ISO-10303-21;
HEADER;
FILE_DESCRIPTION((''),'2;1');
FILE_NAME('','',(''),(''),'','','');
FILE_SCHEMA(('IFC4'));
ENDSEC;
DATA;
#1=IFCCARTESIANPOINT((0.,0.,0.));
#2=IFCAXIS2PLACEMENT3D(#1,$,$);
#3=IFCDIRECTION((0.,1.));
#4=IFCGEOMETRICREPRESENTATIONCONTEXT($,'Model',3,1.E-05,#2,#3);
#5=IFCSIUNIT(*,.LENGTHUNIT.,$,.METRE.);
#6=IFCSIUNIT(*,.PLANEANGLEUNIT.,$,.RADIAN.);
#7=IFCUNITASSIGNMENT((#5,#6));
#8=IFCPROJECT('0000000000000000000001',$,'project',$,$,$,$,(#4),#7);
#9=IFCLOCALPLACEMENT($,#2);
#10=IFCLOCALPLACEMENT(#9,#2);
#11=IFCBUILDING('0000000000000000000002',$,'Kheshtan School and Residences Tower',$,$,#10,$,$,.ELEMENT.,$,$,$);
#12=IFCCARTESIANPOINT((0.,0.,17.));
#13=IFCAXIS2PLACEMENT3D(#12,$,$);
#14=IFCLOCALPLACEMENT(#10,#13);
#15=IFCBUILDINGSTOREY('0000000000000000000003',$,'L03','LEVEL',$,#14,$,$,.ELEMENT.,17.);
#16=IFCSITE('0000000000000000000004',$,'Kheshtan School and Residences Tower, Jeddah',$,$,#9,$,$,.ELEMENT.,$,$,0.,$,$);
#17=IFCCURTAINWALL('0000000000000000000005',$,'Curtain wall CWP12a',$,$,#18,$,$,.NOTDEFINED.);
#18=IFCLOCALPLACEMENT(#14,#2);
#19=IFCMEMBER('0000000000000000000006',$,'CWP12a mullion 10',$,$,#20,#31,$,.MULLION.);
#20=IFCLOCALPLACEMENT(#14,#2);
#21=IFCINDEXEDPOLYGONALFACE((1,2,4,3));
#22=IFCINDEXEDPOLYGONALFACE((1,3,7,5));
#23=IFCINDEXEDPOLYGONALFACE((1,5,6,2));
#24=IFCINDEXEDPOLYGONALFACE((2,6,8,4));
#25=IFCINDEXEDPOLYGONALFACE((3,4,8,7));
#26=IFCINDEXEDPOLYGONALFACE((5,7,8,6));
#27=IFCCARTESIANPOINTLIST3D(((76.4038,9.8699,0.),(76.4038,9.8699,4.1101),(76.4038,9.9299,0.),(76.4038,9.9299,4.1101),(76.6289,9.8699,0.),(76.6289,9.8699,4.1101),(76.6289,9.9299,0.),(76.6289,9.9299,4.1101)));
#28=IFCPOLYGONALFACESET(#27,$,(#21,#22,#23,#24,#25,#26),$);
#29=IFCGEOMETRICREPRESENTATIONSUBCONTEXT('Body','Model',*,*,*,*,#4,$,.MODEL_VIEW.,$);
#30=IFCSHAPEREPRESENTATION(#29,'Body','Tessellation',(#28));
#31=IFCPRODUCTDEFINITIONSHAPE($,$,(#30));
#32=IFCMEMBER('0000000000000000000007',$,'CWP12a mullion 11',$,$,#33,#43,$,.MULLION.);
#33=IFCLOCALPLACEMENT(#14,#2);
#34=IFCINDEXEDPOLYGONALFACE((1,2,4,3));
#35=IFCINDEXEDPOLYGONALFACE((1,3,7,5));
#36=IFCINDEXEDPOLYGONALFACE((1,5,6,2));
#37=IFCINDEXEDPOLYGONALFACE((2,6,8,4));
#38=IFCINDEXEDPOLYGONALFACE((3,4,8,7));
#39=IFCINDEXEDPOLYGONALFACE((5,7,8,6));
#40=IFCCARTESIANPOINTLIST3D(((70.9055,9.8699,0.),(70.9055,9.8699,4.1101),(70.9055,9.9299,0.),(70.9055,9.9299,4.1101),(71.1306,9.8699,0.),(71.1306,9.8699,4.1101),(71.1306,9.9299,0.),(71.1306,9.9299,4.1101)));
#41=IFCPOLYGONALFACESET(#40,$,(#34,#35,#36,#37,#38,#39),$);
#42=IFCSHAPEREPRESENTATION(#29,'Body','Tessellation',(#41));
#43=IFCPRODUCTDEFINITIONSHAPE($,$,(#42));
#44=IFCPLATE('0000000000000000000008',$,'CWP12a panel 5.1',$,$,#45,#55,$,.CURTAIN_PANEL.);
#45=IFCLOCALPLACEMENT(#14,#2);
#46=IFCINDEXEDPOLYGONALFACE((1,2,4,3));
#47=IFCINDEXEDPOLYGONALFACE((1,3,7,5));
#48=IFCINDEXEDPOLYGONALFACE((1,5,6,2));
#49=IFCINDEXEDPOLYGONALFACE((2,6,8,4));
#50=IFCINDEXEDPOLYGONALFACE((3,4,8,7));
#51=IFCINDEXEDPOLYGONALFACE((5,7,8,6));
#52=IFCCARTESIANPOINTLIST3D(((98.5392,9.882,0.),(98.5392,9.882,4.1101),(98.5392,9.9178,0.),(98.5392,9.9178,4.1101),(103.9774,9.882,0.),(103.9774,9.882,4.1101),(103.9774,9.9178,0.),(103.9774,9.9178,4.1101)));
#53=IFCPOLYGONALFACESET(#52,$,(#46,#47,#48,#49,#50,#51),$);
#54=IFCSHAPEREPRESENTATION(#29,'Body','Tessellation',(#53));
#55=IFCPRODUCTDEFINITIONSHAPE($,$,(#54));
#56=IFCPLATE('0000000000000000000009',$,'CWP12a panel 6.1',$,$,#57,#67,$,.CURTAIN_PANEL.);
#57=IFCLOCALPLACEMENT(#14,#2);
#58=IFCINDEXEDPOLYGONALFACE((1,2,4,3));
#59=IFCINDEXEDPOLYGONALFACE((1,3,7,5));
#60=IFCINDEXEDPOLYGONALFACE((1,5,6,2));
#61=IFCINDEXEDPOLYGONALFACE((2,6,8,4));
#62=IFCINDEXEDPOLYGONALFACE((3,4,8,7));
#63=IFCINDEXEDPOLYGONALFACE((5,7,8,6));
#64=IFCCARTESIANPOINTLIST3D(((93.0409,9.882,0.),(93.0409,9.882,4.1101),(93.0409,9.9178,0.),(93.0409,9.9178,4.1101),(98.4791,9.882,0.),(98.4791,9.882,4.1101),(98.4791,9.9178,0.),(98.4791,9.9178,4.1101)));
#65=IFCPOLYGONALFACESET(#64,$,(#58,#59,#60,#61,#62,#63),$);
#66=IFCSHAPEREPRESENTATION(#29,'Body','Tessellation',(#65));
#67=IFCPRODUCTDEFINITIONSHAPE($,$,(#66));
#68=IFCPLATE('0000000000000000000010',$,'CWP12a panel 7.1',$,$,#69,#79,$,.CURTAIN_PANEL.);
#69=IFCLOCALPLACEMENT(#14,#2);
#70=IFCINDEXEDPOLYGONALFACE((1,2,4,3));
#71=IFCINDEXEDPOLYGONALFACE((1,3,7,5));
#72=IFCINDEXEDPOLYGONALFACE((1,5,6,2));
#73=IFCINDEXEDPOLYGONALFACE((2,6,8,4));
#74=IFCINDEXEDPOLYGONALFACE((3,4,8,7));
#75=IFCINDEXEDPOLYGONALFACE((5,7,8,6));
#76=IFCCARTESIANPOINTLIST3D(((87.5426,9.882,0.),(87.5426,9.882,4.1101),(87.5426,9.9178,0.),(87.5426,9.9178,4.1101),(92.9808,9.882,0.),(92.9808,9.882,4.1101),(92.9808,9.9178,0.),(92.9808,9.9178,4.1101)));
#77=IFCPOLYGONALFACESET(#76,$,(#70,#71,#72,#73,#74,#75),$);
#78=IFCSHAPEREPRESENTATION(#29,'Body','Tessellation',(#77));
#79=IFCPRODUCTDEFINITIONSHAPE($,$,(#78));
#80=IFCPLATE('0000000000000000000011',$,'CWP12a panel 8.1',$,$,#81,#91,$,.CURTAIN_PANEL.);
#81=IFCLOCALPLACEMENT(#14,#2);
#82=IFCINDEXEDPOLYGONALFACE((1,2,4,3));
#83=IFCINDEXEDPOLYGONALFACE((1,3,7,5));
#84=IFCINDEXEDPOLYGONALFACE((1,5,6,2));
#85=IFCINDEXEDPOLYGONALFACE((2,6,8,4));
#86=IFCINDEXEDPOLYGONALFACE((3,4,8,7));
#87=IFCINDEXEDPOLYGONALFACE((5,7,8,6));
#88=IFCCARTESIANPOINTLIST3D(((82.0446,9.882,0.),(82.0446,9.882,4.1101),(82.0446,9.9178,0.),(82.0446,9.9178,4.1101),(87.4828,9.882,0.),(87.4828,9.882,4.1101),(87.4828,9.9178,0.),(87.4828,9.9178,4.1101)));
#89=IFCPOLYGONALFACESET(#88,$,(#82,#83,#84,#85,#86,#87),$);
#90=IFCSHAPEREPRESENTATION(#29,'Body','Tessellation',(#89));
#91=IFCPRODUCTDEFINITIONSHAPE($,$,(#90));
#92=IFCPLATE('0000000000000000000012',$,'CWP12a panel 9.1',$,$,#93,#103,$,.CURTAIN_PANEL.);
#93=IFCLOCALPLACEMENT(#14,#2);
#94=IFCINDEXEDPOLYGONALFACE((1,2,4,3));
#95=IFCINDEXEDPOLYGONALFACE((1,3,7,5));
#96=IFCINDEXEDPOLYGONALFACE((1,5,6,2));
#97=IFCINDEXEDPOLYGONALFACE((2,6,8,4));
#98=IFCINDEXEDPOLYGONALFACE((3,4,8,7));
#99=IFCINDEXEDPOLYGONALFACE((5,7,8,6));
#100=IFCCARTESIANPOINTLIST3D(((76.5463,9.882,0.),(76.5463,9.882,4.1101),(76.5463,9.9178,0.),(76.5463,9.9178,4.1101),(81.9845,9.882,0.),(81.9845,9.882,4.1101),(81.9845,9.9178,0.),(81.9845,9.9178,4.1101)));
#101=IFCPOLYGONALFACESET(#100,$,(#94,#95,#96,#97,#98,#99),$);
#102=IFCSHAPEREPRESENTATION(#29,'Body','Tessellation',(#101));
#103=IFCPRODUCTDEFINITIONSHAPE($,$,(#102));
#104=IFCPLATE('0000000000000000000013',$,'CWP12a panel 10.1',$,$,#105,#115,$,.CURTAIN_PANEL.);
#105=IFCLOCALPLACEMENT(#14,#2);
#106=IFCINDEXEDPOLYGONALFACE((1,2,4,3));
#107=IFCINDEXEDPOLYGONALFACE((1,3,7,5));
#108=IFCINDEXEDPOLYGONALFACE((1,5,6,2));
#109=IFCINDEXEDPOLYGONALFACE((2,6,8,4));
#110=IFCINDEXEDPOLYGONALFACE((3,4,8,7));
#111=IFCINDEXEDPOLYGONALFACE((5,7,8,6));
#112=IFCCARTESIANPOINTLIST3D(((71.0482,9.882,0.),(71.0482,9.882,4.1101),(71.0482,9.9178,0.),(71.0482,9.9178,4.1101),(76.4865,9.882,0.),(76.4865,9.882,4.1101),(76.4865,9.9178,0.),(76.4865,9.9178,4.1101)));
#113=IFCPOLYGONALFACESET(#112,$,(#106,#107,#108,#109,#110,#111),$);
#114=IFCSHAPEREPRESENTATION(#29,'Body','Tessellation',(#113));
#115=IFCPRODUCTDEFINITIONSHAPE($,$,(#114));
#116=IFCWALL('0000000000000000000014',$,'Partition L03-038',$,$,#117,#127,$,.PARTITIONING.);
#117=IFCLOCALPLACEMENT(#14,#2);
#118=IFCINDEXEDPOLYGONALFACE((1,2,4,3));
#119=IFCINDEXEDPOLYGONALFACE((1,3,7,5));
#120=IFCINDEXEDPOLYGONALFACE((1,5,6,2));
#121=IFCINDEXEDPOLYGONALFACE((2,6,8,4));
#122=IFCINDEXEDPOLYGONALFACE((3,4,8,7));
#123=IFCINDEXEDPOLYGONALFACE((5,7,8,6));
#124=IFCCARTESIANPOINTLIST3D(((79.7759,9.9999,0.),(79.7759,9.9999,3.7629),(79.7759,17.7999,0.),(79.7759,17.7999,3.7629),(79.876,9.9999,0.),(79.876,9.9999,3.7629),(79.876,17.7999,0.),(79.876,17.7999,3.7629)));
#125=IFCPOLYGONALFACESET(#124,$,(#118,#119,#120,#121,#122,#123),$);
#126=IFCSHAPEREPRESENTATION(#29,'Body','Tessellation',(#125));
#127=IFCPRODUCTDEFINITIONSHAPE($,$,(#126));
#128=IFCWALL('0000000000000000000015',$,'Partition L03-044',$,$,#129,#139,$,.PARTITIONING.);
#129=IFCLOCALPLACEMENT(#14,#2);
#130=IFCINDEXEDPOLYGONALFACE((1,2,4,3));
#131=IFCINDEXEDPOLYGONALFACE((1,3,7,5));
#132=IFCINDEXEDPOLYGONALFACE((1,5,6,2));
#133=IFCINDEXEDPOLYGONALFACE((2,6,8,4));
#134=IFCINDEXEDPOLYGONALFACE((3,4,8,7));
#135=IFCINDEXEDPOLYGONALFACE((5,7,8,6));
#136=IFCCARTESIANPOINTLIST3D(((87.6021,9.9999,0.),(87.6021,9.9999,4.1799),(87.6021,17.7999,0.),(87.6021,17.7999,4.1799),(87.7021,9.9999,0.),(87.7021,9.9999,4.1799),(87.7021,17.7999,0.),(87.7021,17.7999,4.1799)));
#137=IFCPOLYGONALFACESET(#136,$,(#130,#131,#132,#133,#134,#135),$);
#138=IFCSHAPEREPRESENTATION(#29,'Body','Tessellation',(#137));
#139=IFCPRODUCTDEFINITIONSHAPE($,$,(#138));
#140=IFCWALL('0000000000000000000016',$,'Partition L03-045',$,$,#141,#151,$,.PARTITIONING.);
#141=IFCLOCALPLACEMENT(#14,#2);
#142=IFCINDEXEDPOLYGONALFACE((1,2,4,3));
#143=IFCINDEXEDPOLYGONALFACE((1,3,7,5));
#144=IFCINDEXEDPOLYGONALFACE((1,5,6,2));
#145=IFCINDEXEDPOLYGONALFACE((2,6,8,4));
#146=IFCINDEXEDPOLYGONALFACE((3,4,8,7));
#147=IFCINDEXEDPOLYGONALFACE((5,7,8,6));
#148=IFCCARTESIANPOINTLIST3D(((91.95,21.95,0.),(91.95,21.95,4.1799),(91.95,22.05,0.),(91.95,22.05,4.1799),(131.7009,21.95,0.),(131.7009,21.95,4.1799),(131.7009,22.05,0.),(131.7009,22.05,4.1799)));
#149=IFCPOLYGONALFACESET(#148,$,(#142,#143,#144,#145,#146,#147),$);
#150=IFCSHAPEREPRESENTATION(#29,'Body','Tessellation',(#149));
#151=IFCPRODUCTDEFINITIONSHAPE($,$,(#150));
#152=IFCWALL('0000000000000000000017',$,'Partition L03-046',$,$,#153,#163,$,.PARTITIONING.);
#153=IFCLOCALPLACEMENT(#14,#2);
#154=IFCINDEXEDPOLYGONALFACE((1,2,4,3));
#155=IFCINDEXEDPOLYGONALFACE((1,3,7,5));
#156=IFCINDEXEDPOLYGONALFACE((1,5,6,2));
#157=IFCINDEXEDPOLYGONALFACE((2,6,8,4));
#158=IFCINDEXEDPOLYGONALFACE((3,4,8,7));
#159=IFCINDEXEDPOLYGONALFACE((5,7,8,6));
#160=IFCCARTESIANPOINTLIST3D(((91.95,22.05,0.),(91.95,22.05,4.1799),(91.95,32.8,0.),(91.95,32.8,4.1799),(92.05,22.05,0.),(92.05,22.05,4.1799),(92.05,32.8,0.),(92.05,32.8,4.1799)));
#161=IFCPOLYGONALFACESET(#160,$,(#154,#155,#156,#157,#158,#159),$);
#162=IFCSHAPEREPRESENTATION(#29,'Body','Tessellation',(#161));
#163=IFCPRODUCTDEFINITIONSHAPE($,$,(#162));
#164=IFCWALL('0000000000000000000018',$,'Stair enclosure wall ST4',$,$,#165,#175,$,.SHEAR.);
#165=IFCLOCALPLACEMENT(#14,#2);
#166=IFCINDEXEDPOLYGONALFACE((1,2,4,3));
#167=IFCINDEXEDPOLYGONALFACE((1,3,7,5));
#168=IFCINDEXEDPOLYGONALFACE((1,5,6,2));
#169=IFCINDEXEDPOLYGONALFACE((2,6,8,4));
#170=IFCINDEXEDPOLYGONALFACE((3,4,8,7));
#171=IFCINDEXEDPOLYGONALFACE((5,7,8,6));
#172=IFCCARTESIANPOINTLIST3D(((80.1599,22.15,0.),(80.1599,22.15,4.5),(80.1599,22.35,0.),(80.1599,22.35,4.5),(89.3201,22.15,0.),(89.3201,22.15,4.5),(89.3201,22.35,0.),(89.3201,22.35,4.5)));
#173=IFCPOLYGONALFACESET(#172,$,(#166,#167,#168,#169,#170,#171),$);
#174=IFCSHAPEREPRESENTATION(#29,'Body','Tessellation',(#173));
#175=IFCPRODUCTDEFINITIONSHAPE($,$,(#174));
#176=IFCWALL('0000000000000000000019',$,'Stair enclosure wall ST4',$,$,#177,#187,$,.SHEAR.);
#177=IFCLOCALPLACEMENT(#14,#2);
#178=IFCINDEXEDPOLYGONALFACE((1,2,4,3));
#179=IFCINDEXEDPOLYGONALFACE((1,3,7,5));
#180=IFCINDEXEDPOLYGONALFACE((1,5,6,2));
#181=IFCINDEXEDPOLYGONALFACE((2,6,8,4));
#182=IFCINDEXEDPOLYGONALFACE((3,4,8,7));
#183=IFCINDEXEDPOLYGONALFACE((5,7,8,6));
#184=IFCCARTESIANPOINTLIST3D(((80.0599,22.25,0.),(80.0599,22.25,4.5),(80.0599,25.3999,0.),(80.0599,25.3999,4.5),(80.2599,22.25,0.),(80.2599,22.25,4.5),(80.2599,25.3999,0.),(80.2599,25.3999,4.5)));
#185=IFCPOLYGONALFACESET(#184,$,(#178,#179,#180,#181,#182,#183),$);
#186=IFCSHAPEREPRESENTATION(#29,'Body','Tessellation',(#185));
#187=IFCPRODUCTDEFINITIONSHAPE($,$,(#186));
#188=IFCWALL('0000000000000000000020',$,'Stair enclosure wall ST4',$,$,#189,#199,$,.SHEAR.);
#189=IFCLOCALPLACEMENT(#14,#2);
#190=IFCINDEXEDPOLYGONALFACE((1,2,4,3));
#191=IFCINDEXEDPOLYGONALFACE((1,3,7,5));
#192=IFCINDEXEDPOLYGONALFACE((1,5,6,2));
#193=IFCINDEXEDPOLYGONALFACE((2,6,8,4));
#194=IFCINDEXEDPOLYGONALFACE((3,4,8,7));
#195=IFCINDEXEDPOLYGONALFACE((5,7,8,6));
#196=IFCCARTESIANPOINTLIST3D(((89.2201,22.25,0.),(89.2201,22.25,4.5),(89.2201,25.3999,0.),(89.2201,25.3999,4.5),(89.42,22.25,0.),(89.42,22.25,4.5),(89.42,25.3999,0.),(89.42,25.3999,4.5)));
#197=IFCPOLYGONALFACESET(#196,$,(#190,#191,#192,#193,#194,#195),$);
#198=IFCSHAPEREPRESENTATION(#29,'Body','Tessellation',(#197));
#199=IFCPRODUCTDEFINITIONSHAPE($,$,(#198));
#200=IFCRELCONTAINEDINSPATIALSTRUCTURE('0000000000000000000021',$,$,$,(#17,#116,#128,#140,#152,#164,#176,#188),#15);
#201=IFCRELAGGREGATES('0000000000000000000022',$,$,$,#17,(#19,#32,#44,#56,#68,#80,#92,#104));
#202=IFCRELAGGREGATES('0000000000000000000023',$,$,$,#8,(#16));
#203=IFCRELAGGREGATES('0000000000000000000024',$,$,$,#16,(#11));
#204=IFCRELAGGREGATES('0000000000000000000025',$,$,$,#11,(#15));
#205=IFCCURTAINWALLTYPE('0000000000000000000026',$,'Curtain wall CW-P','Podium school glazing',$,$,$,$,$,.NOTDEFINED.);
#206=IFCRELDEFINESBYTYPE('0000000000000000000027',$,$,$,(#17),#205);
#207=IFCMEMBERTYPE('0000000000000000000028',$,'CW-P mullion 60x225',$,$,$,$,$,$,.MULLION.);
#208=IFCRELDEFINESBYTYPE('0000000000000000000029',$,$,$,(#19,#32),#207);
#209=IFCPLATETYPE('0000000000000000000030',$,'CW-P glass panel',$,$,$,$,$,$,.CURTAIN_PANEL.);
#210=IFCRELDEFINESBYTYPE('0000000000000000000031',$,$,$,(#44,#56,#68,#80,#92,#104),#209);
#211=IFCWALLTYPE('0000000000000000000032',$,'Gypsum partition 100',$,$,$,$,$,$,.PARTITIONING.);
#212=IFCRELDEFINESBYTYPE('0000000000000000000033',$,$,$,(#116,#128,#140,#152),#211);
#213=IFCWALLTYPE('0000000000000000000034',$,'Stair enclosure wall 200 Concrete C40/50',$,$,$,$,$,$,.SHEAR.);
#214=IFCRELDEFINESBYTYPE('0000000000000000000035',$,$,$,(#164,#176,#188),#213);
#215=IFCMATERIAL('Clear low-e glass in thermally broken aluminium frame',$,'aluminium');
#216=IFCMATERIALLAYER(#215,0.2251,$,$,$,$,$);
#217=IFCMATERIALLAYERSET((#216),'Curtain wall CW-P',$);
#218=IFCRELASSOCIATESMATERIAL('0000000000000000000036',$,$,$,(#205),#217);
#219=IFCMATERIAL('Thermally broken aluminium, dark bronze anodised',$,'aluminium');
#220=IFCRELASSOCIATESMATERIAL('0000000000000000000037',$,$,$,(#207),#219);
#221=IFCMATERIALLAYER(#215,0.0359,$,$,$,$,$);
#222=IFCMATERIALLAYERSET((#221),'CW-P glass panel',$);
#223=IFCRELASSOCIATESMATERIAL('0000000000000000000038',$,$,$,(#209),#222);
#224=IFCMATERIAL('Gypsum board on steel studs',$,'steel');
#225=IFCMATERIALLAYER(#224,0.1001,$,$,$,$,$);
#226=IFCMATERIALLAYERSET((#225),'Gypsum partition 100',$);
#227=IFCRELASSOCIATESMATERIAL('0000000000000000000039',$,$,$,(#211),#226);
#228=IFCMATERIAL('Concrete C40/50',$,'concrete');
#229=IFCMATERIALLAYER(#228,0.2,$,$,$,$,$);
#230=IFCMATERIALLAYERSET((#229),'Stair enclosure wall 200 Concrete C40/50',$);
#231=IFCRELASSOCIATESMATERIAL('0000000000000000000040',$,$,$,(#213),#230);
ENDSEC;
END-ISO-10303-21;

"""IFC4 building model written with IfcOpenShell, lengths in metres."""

from ifc_helpers import new_model, si_unit, direction, frame, frame_2d, origin, origin_2d, place, context, subcontext, project, spatial, rectangle, extrude, material, layer, layer_set, material_profile, profile_set, type_object, element, aggregate, save


model = new_model("IFC4")

# Units and contexts
model_context = context("Model", 3, precision=1e-05, world=origin(), true_north=direction((0.0, 1.0)))
body_context = subcontext(model_context, "Body", "Model", "MODEL_VIEW")
ifc_project = project(units=[si_unit("LENGTHUNIT", "METRE"), si_unit("PLANEANGLEUNIT", "RADIAN")], contexts=[model_context])

# Site, building, storey
site_placement = place(None, origin())
site = spatial("IfcSite", under=ifc_project, at=site_placement, Name="Kheshtan School and Residences Tower, Jeddah", CompositionType="ELEMENT", RefElevation=0.0)
building_placement = place(site_placement, origin())
building = spatial("IfcBuilding", under=site, at=building_placement, Name="Kheshtan School and Residences Tower", CompositionType="ELEMENT")
storey_placement = place(building_placement, frame((0.0, 0.0, 17.0)))
storey = spatial("IfcBuildingStorey", under=building, at=storey_placement, Name="L03", Description="LEVEL", CompositionType="ELEMENT", Elevation=17.0)

# Curtain wall, members, plates
ifc_material_1 = material(Name="Clear low-e glass in thermally broken aluminium frame", Category="aluminium")
ifc_layer_1 = layer(ifc_material_1, 0.2251)
ifc_layer_set_1 = layer_set([ifc_layer_1], Name="Curtain wall CW-P")
curtain_wall_type = type_object("IfcCurtainWallType", Name="Curtain wall CW-P", Description="Podium school glazing", PredefinedType="NOTDEFINED", material=ifc_layer_set_1)
curtain_wall_placement = place(storey_placement, origin())
curtain_wall = element("IfcCurtainWall", 1, at=curtain_wall_placement, inside=storey, type_object=curtain_wall_type, Name="Curtain wall CWP12a", PredefinedType="NOTDEFINED")
ifc_material_2 = material(Name="Thermally broken aluminium, dark bronze anodised", Category="aluminium")
ifc_material_profile_1 = material_profile(ifc_material_2, rectangle(XDim=0.0601, YDim=0.2251, at=origin_2d()), Name="CW-P mullion 60x225")
ifc_profile_set_1 = profile_set([ifc_material_profile_1], Name="Thermally broken aluminium, dark bronze anodised")
member_type = type_object("IfcMemberType", Name="CW-P mullion 60x225", PredefinedType="MULLION", material=ifc_profile_set_1)
member_1_placement = place(storey_placement, frame((76.5164, 9.8999, 0.0), z_axis=(0.0, 0.0, 1.0), x_axis=(0.0, -1.0, 0.0)))
member_1 = element("IfcMember", 2, at=member_1_placement, type_object=member_type, Name="CWP12a mullion 10", PredefinedType="MULLION", context=body_context, shape_type="SweptSolid", body=[
    extrude(rectangle(XDim=0.0601, YDim=0.2251, at=origin_2d()), origin(), (0.0, 0.0, 1.0), 4.1101),
])
member_2_placement = place(storey_placement, frame((71.0181, 9.8999, 0.0), z_axis=(0.0, 0.0, 1.0), x_axis=(0.0, -1.0, 0.0)))
member_2 = element("IfcMember", 3, at=member_2_placement, type_object=member_type, Name="CWP12a mullion 11", PredefinedType="MULLION", context=body_context, shape_type="SweptSolid", body=[
    extrude(rectangle(XDim=0.0601, YDim=0.2251, at=origin_2d()), origin(), (0.0, 0.0, 1.0), 4.1101),
])
ifc_layer_2 = layer(ifc_material_1, 0.0359)
ifc_layer_set_2 = layer_set([ifc_layer_2], Name="CW-P glass panel")
plate_type = type_object("IfcPlateType", Name="CW-P glass panel", PredefinedType="CURTAIN_PANEL", material=ifc_layer_set_2)
plate_1_placement = place(storey_placement, frame((101.2583, 9.8999, 0.0), z_axis=(0.0, 0.0, 1.0), x_axis=(-1.0, 0.0, 0.0)))
plate_1 = element("IfcPlate", 4, at=plate_1_placement, type_object=plate_type, Name="CWP12a panel 5.1", PredefinedType="CURTAIN_PANEL", context=body_context, shape_type="SweptSolid", body=[
    extrude(rectangle(XDim=5.4382, YDim=0.0359, at=origin_2d()), origin(), (0.0, 0.0, 1.0), 4.1101),
])
plate_2_placement = place(storey_placement, frame((95.76, 9.8999, 0.0), z_axis=(0.0, 0.0, 1.0), x_axis=(-1.0, 0.0, 0.0)))
plate_2 = element("IfcPlate", 5, at=plate_2_placement, type_object=plate_type, Name="CWP12a panel 6.1", PredefinedType="CURTAIN_PANEL", context=body_context, shape_type="SweptSolid", body=[
    extrude(rectangle(XDim=5.4382, YDim=0.0359, at=origin_2d()), origin(), (0.0, 0.0, 1.0), 4.1101),
])
plate_3_placement = place(storey_placement, frame((90.2617, 9.8999, 0.0), z_axis=(0.0, 0.0, 1.0), x_axis=(-1.0, 0.0, 0.0)))
plate_3 = element("IfcPlate", 6, at=plate_3_placement, type_object=plate_type, Name="CWP12a panel 7.1", PredefinedType="CURTAIN_PANEL", context=body_context, shape_type="SweptSolid", body=[
    extrude(rectangle(XDim=5.4382, YDim=0.0359, at=origin_2d()), origin(), (0.0, 0.0, 1.0), 4.1101),
])
plate_4_placement = place(storey_placement, frame((84.7637, 9.8999, 0.0), z_axis=(0.0, 0.0, 1.0), x_axis=(-1.0, 0.0, 0.0)))
plate_4 = element("IfcPlate", 7, at=plate_4_placement, type_object=plate_type, Name="CWP12a panel 8.1", PredefinedType="CURTAIN_PANEL", context=body_context, shape_type="SweptSolid", body=[
    extrude(rectangle(XDim=5.4382, YDim=0.0359, at=origin_2d()), origin(), (0.0, 0.0, 1.0), 4.1101),
])
plate_5_placement = place(storey_placement, frame((79.2654, 9.8999, 0.0), z_axis=(0.0, 0.0, 1.0), x_axis=(-1.0, 0.0, 0.0)))
plate_5 = element("IfcPlate", 8, at=plate_5_placement, type_object=plate_type, Name="CWP12a panel 9.1", PredefinedType="CURTAIN_PANEL", context=body_context, shape_type="SweptSolid", body=[
    extrude(rectangle(XDim=5.4382, YDim=0.0359, at=origin_2d()), origin(), (0.0, 0.0, 1.0), 4.1101),
])
plate_6_placement = place(storey_placement, frame((73.7673, 9.8999, 0.0), z_axis=(0.0, 0.0, 1.0), x_axis=(-1.0, 0.0, 0.0)))
plate_6 = element("IfcPlate", 9, at=plate_6_placement, type_object=plate_type, Name="CWP12a panel 10.1", PredefinedType="CURTAIN_PANEL", context=body_context, shape_type="SweptSolid", body=[
    extrude(rectangle(XDim=5.4382, YDim=0.0359, at=origin_2d()), origin(), (0.0, 0.0, 1.0), 4.1101),
])
aggregate(curtain_wall, [member_1, member_2, plate_1, plate_2, plate_3, plate_4, plate_5, plate_6])

# Walls
ifc_material_3 = material(Name="Gypsum board on steel studs", Category="steel")
ifc_layer_3 = layer(ifc_material_3, 0.1001)
ifc_layer_set_3 = layer_set([ifc_layer_3], Name="Gypsum partition 100")
wall_type_1 = type_object("IfcWallType", Name="Gypsum partition 100", PredefinedType="PARTITIONING", material=ifc_layer_set_3)
wall_1_placement = place(storey_placement, frame((79.8259, 10.0, 0.0), z_axis=(0.0, 0.0, 1.0), x_axis=(0.0, 1.0, 0.0)))
element("IfcWall", 10, at=wall_1_placement, inside=storey, type_object=wall_type_1, Name="Partition L03-038", PredefinedType="PARTITIONING", context=body_context, shape_type="SweptSolid", body=[
    extrude(rectangle(XDim=7.8, YDim=0.1001, at=frame_2d((3.8999, 0.0))), origin(), (0.0, 0.0, 1.0), 3.7629),
])
wall_2_placement = place(storey_placement, frame((87.6521, 10.0, 0.0), z_axis=(0.0, 0.0, 1.0), x_axis=(0.0, 1.0, 0.0)))
element("IfcWall", 11, at=wall_2_placement, inside=storey, type_object=wall_type_1, Name="Partition L03-044", PredefinedType="PARTITIONING", context=body_context, shape_type="SweptSolid", body=[
    extrude(rectangle(XDim=7.8, YDim=0.1001, at=frame_2d((3.8999, 0.0))), origin(), (0.0, 0.0, 1.0), 4.1799),
])
wall_3_placement = place(storey_placement, frame((91.95, 22.0, 0.0), z_axis=(0.0, 0.0, 1.0), x_axis=(1.0, 0.0, 0.0)))
element("IfcWall", 12, at=wall_3_placement, inside=storey, type_object=wall_type_1, Name="Partition L03-045", PredefinedType="PARTITIONING", context=body_context, shape_type="SweptSolid", body=[
    extrude(rectangle(XDim=39.751, YDim=0.1001, at=frame_2d((19.8755, 0.0))), origin(), (0.0, 0.0, 1.0), 4.1799),
])
wall_4_placement = place(storey_placement, frame((92.0, 22.05, 0.0), z_axis=(0.0, 0.0, 1.0), x_axis=(0.0, 1.0, 0.0)))
element("IfcWall", 13, at=wall_4_placement, inside=storey, type_object=wall_type_1, Name="Partition L03-046", PredefinedType="PARTITIONING", context=body_context, shape_type="SweptSolid", body=[
    extrude(rectangle(XDim=10.75, YDim=0.1001, at=frame_2d((5.375, 0.0))), origin(), (0.0, 0.0, 1.0), 4.1799),
])
ifc_material_4 = material(Name="Concrete C40/50", Category="concrete")
ifc_layer_4 = layer(ifc_material_4, 0.2)
ifc_layer_set_4 = layer_set([ifc_layer_4], Name="Stair enclosure wall 200 Concrete C40/50")
wall_type_2 = type_object("IfcWallType", Name="Stair enclosure wall 200 Concrete C40/50", PredefinedType="SHEAR", material=ifc_layer_set_4)
wall_5_placement = place(storey_placement, frame((80.1599, 22.25, 0.0), z_axis=(0.0, 0.0, 1.0), x_axis=(1.0, 0.0, 0.0)))
element("IfcWall", 14, at=wall_5_placement, inside=storey, type_object=wall_type_2, Name="Stair enclosure wall ST4", PredefinedType="SHEAR", context=body_context, shape_type="SweptSolid", body=[
    extrude(rectangle(XDim=9.1602, YDim=0.2, at=frame_2d((4.5801, 0.0))), origin(), (0.0, 0.0, 1.0), 4.5),
])
for number, where, z_axis, x_axis, name in (
    (15, (80.1599, 22.25, 0.0), (0.0, 0.0, 1.0), (0.0, 1.0, 0.0), "Stair enclosure wall ST4"),
    (16, (89.3201, 22.25, 0.0), (0.0, 0.0, 1.0), (0.0, 1.0, 0.0), "Stair enclosure wall ST4"),
):
    element("IfcWall", number, at=place(storey_placement, frame(where, z_axis=z_axis, x_axis=x_axis)), inside=storey, type_object=wall_type_2, Name=name, PredefinedType="SHEAR", context=body_context, shape_type="SweptSolid", body=[
        extrude(rectangle(XDim=3.1499, YDim=0.2, at=frame_2d((1.575, 0.0))), origin(), (0.0, 0.0, 1.0), 4.5),
    ])

save(model, "model.ifc")
